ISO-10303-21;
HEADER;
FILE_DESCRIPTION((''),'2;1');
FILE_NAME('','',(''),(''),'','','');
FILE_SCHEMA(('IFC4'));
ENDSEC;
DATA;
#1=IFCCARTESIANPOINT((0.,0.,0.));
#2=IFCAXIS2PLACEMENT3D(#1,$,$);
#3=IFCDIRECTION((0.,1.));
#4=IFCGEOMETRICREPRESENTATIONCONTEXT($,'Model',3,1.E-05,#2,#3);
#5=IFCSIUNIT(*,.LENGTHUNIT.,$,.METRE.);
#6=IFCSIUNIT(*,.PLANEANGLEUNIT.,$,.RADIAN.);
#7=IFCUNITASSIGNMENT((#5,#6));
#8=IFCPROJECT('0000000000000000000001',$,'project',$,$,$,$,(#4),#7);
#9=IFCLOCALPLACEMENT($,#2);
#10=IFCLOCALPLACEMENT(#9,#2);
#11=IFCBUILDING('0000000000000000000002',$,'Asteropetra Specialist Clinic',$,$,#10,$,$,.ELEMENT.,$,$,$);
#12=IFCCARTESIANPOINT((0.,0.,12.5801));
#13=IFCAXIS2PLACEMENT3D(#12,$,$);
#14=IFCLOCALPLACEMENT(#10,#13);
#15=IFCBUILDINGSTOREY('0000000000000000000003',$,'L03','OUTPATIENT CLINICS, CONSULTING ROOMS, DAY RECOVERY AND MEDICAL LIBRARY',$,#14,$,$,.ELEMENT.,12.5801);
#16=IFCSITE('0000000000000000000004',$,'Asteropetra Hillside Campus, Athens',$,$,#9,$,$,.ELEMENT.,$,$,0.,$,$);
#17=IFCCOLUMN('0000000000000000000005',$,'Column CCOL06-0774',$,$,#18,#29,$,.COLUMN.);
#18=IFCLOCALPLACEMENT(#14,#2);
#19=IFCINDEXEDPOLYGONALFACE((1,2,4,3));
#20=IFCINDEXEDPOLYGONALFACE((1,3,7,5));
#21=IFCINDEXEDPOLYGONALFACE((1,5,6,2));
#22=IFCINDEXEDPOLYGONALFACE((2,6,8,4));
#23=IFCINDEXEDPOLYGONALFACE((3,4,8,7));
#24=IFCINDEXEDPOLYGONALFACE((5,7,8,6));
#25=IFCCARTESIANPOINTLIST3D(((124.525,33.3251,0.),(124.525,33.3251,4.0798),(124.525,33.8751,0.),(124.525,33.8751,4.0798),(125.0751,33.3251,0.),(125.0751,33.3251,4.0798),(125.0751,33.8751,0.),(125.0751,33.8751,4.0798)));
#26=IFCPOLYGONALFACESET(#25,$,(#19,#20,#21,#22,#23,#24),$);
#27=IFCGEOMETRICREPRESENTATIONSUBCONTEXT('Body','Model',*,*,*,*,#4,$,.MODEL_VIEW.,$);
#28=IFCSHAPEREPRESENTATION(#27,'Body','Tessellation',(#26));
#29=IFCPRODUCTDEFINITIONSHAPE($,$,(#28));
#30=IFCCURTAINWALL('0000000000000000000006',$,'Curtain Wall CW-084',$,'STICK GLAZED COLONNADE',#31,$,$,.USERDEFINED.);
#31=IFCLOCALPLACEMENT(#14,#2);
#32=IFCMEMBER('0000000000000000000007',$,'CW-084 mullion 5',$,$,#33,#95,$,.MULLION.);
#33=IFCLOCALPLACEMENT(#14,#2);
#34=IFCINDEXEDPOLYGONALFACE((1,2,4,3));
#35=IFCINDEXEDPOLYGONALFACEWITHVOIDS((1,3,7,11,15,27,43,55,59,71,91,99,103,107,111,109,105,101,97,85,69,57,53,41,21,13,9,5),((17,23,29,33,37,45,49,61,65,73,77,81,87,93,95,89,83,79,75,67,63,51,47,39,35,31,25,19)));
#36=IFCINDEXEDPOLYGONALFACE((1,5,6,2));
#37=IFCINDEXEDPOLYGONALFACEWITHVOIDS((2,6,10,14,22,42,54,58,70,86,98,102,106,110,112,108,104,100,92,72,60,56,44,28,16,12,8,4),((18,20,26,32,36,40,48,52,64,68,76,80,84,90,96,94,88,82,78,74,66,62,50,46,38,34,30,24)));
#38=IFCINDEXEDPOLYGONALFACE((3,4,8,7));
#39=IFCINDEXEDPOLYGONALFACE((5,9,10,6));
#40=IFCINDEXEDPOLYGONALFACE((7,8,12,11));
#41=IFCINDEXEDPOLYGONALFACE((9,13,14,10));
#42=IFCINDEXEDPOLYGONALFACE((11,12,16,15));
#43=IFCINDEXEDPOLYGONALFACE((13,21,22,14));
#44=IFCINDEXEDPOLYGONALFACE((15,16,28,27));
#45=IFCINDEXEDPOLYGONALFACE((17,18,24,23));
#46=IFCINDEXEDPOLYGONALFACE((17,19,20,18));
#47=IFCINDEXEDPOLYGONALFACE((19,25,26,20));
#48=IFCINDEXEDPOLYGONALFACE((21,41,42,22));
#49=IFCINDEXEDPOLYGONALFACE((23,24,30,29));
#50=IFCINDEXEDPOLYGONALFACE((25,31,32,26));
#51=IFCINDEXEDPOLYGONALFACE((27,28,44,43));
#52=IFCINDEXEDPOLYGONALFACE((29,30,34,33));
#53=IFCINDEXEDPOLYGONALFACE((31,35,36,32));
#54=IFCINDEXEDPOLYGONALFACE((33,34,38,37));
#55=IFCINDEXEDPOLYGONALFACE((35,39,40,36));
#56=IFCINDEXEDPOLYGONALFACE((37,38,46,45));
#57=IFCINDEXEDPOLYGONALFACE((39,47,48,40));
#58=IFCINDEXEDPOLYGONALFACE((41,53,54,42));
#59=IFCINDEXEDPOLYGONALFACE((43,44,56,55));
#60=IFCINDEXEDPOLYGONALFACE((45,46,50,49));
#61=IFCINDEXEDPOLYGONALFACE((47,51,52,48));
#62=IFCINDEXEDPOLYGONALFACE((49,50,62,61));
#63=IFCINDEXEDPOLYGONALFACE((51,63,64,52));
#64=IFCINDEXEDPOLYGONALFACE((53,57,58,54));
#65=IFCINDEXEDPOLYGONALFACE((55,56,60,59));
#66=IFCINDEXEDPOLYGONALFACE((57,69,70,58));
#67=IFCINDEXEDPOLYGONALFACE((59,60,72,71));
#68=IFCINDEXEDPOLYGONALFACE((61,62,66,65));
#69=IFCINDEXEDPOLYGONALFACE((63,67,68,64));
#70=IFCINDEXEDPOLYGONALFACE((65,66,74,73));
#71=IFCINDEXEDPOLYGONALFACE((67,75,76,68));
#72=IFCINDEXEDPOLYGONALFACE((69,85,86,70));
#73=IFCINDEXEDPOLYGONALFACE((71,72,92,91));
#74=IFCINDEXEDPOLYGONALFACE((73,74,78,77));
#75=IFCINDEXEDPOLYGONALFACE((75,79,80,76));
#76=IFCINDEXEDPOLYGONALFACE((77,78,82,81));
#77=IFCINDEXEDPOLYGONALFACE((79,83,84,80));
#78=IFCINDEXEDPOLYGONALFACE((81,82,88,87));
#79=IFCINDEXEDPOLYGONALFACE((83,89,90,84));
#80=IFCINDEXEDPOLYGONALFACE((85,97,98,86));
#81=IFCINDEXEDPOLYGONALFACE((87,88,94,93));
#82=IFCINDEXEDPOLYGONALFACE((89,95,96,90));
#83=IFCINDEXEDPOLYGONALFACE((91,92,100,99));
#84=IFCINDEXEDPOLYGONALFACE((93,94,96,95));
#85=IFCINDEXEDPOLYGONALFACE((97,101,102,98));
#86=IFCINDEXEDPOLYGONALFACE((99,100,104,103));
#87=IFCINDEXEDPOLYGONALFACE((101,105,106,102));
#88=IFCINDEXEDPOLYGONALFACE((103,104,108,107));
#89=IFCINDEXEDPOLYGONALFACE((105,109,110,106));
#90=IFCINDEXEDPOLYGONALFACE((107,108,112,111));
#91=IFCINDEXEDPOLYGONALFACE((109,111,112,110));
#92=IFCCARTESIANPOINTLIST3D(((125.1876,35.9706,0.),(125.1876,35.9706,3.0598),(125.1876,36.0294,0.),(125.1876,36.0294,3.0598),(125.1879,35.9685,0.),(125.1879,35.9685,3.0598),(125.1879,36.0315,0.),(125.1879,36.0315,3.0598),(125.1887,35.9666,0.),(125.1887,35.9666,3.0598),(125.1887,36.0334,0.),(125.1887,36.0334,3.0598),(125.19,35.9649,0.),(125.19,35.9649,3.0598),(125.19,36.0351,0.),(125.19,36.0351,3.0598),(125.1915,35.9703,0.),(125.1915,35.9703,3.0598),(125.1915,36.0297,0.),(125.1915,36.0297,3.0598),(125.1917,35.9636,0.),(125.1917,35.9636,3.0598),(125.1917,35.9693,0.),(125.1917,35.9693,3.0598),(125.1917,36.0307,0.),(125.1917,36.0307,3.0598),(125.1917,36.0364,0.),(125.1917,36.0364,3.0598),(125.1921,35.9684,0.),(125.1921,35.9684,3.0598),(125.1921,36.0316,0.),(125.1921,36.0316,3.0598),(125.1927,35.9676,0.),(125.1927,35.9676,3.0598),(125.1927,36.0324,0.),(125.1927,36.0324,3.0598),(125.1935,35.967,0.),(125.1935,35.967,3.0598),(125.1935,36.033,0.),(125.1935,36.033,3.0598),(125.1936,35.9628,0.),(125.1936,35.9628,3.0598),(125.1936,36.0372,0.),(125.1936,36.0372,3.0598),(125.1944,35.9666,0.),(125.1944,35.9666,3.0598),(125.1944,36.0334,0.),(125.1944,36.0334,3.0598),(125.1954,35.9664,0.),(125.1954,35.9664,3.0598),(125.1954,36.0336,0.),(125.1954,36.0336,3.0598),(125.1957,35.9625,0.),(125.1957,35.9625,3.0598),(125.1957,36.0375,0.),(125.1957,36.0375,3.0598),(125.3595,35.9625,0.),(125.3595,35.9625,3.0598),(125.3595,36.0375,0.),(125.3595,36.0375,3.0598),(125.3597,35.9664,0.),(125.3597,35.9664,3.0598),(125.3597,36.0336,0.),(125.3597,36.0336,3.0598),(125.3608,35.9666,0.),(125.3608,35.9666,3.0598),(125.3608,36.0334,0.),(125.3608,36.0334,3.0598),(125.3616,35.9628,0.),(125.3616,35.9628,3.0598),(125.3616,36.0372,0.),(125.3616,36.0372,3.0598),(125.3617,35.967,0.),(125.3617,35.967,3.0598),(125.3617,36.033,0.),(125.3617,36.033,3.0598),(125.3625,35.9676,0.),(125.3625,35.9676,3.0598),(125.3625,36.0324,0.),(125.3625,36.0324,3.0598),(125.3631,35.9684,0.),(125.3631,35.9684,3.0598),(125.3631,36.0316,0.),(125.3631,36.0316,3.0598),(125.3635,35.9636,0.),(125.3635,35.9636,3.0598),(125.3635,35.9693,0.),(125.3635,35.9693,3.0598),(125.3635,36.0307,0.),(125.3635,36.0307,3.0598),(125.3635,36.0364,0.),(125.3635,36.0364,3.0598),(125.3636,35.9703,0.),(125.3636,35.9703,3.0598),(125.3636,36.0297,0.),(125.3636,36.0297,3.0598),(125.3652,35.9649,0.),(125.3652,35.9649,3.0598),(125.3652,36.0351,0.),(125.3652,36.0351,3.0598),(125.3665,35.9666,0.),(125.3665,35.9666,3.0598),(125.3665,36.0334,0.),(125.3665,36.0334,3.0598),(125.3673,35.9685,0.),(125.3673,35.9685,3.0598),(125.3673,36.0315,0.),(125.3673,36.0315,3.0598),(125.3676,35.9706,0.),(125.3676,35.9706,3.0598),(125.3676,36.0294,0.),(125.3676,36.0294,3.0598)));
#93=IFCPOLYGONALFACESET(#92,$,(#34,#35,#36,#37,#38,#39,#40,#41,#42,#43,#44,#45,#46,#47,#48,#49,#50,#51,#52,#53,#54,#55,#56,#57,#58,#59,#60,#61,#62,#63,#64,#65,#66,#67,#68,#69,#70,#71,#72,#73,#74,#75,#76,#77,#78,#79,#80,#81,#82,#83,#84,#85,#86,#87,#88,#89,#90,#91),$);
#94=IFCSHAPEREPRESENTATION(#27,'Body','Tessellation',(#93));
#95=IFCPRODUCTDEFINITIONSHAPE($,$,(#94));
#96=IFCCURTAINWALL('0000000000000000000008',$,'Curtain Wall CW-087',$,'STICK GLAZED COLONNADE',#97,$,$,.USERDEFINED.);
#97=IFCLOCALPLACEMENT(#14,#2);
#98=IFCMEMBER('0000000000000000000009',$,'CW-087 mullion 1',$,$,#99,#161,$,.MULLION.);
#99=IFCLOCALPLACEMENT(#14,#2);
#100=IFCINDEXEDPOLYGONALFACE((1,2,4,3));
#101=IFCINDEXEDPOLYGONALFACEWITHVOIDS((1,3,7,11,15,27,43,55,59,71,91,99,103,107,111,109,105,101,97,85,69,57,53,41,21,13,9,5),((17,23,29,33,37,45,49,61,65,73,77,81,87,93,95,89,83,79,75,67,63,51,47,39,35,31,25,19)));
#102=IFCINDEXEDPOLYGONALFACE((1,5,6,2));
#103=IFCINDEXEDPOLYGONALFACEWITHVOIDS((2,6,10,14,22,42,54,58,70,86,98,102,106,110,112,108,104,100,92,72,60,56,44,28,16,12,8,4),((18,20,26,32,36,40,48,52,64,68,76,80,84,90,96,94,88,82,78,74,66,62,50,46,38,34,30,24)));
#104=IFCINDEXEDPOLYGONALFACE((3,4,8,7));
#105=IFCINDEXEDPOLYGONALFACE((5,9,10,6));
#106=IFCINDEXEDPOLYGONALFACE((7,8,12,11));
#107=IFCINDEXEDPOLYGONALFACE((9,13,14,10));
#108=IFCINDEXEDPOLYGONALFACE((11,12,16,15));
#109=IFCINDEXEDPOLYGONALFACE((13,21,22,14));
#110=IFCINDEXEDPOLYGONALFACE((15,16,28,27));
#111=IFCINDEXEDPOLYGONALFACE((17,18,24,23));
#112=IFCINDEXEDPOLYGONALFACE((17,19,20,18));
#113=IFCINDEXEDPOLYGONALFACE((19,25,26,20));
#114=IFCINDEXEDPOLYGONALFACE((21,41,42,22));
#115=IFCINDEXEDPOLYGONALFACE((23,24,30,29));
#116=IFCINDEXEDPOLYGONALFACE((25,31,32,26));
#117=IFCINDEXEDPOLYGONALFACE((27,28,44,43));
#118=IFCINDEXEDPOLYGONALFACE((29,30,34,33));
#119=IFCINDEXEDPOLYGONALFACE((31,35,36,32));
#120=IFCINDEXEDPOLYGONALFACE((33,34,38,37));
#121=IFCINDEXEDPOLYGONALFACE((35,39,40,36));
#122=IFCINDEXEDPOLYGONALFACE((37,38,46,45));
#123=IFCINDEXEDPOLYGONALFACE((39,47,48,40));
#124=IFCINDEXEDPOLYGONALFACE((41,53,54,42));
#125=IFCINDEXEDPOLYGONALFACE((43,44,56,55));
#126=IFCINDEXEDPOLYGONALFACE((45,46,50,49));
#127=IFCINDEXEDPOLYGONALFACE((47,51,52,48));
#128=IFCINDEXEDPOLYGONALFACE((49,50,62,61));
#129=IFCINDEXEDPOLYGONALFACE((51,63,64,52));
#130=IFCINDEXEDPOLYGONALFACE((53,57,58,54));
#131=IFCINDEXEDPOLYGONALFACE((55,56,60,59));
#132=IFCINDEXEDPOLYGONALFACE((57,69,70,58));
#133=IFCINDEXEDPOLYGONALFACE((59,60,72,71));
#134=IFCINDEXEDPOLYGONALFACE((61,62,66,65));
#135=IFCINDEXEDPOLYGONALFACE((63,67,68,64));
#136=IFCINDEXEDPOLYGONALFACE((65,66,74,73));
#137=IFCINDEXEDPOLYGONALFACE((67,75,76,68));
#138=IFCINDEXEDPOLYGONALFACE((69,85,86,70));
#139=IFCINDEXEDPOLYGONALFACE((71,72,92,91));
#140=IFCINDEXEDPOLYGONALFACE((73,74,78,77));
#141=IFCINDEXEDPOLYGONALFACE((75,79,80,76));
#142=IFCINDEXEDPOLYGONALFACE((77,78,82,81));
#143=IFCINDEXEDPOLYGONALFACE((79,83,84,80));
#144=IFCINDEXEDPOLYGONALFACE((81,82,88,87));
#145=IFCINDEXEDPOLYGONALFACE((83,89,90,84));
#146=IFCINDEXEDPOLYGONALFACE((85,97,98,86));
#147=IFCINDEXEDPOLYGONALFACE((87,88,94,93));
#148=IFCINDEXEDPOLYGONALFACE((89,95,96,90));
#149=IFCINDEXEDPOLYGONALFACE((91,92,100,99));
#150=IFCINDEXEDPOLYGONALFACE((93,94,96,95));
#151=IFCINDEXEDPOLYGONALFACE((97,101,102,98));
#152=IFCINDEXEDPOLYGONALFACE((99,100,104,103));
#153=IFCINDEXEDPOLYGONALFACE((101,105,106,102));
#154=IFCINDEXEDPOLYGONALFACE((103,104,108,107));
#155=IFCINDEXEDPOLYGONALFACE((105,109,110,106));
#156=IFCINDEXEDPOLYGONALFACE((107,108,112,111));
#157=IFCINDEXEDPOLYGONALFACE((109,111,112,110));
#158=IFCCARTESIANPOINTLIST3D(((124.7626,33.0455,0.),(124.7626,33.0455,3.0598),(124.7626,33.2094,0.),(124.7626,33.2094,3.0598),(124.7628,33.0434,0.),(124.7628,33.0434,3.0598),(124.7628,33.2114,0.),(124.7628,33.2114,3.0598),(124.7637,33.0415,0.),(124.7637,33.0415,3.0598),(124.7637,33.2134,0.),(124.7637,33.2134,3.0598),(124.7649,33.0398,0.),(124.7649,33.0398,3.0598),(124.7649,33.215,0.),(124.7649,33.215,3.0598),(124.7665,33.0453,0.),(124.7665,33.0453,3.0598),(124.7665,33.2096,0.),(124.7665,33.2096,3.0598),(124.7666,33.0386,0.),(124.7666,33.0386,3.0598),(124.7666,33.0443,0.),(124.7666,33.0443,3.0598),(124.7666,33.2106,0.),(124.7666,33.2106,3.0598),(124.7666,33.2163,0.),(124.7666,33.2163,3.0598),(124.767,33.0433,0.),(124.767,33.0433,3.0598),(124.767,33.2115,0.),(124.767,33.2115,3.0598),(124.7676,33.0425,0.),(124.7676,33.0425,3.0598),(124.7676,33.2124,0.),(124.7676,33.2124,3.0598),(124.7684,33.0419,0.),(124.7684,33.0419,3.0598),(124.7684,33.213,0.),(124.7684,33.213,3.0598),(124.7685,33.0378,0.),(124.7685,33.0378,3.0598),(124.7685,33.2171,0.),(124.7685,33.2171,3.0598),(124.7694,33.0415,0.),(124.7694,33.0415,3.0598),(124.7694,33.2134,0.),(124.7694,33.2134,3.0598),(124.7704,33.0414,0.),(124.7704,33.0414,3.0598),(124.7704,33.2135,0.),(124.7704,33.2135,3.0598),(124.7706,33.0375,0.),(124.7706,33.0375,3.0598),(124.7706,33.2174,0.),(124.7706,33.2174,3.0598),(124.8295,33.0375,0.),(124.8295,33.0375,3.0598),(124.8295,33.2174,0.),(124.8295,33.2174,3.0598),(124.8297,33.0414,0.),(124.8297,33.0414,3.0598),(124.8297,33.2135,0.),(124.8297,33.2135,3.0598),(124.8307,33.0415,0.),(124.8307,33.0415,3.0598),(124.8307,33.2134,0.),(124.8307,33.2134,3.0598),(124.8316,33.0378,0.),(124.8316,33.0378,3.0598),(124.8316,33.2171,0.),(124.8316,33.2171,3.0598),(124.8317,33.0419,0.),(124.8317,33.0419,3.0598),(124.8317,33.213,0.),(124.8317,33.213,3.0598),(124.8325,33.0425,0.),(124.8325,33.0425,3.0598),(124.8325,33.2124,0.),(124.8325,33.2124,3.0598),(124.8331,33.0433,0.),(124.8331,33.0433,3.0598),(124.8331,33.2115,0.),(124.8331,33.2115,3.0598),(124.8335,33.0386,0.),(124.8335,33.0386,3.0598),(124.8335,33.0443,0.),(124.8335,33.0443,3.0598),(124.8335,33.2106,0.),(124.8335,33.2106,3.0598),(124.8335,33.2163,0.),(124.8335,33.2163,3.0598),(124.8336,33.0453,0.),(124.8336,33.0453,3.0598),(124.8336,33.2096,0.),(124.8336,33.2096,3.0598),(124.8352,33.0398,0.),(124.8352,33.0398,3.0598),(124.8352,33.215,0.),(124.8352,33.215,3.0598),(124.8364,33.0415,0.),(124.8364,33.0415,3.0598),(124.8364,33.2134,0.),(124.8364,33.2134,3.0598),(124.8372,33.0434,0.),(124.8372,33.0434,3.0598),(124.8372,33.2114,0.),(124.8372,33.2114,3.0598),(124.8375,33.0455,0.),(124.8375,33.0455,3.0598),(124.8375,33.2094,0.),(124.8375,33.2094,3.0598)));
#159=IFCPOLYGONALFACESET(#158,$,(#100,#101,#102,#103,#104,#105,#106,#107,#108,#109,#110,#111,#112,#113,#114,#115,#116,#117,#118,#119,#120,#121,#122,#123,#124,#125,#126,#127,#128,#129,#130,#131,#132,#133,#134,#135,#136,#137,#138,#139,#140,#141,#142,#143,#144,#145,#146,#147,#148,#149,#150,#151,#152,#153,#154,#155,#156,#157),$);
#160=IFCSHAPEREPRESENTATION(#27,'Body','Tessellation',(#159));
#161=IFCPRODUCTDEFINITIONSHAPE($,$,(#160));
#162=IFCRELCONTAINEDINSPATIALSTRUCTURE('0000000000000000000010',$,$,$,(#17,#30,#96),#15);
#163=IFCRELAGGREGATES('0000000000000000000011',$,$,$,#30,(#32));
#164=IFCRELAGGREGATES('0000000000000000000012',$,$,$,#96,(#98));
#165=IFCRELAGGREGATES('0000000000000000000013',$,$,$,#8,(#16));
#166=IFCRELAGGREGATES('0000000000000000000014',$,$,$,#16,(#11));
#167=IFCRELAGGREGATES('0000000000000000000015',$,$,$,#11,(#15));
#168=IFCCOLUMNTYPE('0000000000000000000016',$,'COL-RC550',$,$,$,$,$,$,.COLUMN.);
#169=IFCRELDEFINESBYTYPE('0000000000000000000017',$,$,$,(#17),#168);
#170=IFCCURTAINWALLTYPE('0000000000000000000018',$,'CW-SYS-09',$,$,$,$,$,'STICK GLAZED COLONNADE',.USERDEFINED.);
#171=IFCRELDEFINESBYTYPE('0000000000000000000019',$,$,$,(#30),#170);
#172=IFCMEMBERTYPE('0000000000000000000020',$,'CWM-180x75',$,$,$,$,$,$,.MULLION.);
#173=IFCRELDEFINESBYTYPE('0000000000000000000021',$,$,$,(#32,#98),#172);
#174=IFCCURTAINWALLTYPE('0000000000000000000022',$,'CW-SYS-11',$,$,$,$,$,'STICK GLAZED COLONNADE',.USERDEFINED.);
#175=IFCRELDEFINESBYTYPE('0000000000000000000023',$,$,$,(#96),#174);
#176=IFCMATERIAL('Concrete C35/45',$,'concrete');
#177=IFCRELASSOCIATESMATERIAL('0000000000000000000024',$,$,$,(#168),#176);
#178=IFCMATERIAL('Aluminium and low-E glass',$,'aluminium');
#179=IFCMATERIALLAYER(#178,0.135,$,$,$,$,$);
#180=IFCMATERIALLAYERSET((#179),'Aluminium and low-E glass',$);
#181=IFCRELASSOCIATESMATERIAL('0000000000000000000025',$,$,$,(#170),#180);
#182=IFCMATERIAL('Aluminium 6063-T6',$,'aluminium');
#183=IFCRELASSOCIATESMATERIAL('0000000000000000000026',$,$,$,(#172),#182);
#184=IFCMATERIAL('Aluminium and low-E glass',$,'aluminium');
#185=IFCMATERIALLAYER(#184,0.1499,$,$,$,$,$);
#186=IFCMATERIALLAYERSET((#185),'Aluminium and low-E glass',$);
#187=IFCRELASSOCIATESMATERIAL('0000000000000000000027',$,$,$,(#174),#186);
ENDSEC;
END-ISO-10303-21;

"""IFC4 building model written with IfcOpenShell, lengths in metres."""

from ifc_helpers import new_model, si_unit, direction, frame, origin, origin_2d, place, context, subcontext, project, spatial, rectangle, hollow_rectangle, extrude, material, layer, layer_set, material_profile, profile_set, type_object, element, aggregate, save


model = new_model("IFC4")

# Units and contexts
model_context = context("Model", 3, precision=1e-05, world=origin(), true_north=direction((0.0, 1.0)))
body_context = subcontext(model_context, "Body", "Model", "MODEL_VIEW")
ifc_project = project(units=[si_unit("LENGTHUNIT", "METRE"), si_unit("PLANEANGLEUNIT", "RADIAN")], contexts=[model_context])

# Site, building, storey
site_placement = place(None, origin())
site = spatial("IfcSite", under=ifc_project, at=site_placement, Name="Asteropetra Hillside Campus, Athens", CompositionType="ELEMENT", RefElevation=0.0)
building_placement = place(site_placement, origin())
building = spatial("IfcBuilding", under=site, at=building_placement, Name="Asteropetra Specialist Clinic", CompositionType="ELEMENT")
storey_placement = place(building_placement, frame((0.0, 0.0, 12.5801)))
storey = spatial("IfcBuildingStorey", under=building, at=storey_placement, Name="L03", Description="OUTPATIENT CLINICS, CONSULTING ROOMS, DAY RECOVERY AND MEDICAL LIBRARY", CompositionType="ELEMENT", Elevation=12.5801)

# Column
ifc_material_1 = material(Name="Concrete C35/45", Category="concrete")
ifc_material_profile_1 = material_profile(ifc_material_1, rectangle(XDim=0.55, YDim=0.55, at=origin_2d()), Name="RC 550x550")
ifc_profile_set_1 = profile_set([ifc_material_profile_1], Name="Concrete C35/45")
column_type = type_object("IfcColumnType", Name="COL-RC550", PredefinedType="COLUMN", material=ifc_profile_set_1)
column_placement = place(storey_placement, frame((124.8, 33.6001, 0.0), z_axis=(0.0, 0.0, 1.0), x_axis=(1.0, 0.0, 0.0)))
element("IfcColumn", 1, at=column_placement, inside=storey, type_object=column_type, Name="Column CCOL06-0774", PredefinedType="COLUMN", context=body_context, shape_type="SweptSolid", body=[
    extrude(rectangle(XDim=0.55, YDim=0.55, at=origin_2d()), origin(), (0.0, 0.0, 1.0), 4.0798),
])

# Curtain wall, member
ifc_material_2 = material(Name="Aluminium and low-E glass", Category="aluminium")
ifc_layer_1 = layer(ifc_material_2, 0.135)
ifc_layer_set_1 = layer_set([ifc_layer_1], Name="Aluminium and low-E glass")
curtain_wall_type_1 = type_object("IfcCurtainWallType", Name="CW-SYS-09", ElementType="STICK GLAZED COLONNADE", PredefinedType="USERDEFINED", material=ifc_layer_set_1)
curtain_wall_1_placement = place(storey_placement, origin())
curtain_wall_1 = element("IfcCurtainWall", 2, at=curtain_wall_1_placement, inside=storey, type_object=curtain_wall_type_1, Name="Curtain Wall CW-084", ObjectType="STICK GLAZED COLONNADE", PredefinedType="USERDEFINED")
ifc_material_3 = material(Name="Aluminium 6063-T6", Category="aluminium")
ifc_material_profile_2 = material_profile(ifc_material_3, hollow_rectangle(XDim=0.075, YDim=0.1799, WallThickness=0.0039, InnerFilletRadius=0.0039, OuterFilletRadius=0.0081, at=origin_2d()), Name="MUL 180x75x4.0")
ifc_profile_set_2 = profile_set([ifc_material_profile_2], Name="Aluminium 6063-T6")
member_type_1 = type_object("IfcMemberType", Name="CWM-180x75", PredefinedType="MULLION", material=ifc_profile_set_2)
member_1_placement = place(storey_placement, frame((125.2776, 36.0, 0.0), z_axis=(0.0, 0.0, 1.0), x_axis=(0.0, -1.0, 0.0)))
member_1 = element("IfcMember", 3, at=member_1_placement, type_object=member_type_1, Name="CW-084 mullion 5", PredefinedType="MULLION", context=body_context, shape_type="SweptSolid", body=[
    extrude(hollow_rectangle(XDim=0.075, YDim=0.1799, WallThickness=0.0039, InnerFilletRadius=0.0039, OuterFilletRadius=0.0081, at=origin_2d()), origin(), (0.0, 0.0, 1.0), 3.0598),
])

# Curtain wall, member
ifc_material_4 = material(Name="Aluminium and low-E glass", Category="aluminium")
ifc_layer_2 = layer(ifc_material_4, 0.1499)
ifc_layer_set_2 = layer_set([ifc_layer_2], Name="Aluminium and low-E glass")
curtain_wall_type_2 = type_object("IfcCurtainWallType", Name="CW-SYS-11", ElementType="STICK GLAZED COLONNADE", PredefinedType="USERDEFINED", material=ifc_layer_set_2)
curtain_wall_2_placement = place(storey_placement, origin())
curtain_wall_2 = element("IfcCurtainWall", 4, at=curtain_wall_2_placement, inside=storey, type_object=curtain_wall_type_2, Name="Curtain Wall CW-087", ObjectType="STICK GLAZED COLONNADE", PredefinedType="USERDEFINED")
member_2_placement = place(storey_placement, frame((124.8, 33.1274, 0.0), z_axis=(0.0, 0.0, 1.0), x_axis=(1.0, 0.0, 0.0)))
member_2 = element("IfcMember", 5, at=member_2_placement, type_object=member_type_1, Name="CW-087 mullion 1", PredefinedType="MULLION", context=body_context, shape_type="SweptSolid", body=[
    extrude(hollow_rectangle(XDim=0.075, YDim=0.1799, WallThickness=0.0039, InnerFilletRadius=0.0039, OuterFilletRadius=0.0081, at=origin_2d()), origin(), (0.0, 0.0, 1.0), 3.0598),
])

aggregate(curtain_wall_1, [member_1])
aggregate(curtain_wall_2, [member_2])

save(model, "model.ifc")
